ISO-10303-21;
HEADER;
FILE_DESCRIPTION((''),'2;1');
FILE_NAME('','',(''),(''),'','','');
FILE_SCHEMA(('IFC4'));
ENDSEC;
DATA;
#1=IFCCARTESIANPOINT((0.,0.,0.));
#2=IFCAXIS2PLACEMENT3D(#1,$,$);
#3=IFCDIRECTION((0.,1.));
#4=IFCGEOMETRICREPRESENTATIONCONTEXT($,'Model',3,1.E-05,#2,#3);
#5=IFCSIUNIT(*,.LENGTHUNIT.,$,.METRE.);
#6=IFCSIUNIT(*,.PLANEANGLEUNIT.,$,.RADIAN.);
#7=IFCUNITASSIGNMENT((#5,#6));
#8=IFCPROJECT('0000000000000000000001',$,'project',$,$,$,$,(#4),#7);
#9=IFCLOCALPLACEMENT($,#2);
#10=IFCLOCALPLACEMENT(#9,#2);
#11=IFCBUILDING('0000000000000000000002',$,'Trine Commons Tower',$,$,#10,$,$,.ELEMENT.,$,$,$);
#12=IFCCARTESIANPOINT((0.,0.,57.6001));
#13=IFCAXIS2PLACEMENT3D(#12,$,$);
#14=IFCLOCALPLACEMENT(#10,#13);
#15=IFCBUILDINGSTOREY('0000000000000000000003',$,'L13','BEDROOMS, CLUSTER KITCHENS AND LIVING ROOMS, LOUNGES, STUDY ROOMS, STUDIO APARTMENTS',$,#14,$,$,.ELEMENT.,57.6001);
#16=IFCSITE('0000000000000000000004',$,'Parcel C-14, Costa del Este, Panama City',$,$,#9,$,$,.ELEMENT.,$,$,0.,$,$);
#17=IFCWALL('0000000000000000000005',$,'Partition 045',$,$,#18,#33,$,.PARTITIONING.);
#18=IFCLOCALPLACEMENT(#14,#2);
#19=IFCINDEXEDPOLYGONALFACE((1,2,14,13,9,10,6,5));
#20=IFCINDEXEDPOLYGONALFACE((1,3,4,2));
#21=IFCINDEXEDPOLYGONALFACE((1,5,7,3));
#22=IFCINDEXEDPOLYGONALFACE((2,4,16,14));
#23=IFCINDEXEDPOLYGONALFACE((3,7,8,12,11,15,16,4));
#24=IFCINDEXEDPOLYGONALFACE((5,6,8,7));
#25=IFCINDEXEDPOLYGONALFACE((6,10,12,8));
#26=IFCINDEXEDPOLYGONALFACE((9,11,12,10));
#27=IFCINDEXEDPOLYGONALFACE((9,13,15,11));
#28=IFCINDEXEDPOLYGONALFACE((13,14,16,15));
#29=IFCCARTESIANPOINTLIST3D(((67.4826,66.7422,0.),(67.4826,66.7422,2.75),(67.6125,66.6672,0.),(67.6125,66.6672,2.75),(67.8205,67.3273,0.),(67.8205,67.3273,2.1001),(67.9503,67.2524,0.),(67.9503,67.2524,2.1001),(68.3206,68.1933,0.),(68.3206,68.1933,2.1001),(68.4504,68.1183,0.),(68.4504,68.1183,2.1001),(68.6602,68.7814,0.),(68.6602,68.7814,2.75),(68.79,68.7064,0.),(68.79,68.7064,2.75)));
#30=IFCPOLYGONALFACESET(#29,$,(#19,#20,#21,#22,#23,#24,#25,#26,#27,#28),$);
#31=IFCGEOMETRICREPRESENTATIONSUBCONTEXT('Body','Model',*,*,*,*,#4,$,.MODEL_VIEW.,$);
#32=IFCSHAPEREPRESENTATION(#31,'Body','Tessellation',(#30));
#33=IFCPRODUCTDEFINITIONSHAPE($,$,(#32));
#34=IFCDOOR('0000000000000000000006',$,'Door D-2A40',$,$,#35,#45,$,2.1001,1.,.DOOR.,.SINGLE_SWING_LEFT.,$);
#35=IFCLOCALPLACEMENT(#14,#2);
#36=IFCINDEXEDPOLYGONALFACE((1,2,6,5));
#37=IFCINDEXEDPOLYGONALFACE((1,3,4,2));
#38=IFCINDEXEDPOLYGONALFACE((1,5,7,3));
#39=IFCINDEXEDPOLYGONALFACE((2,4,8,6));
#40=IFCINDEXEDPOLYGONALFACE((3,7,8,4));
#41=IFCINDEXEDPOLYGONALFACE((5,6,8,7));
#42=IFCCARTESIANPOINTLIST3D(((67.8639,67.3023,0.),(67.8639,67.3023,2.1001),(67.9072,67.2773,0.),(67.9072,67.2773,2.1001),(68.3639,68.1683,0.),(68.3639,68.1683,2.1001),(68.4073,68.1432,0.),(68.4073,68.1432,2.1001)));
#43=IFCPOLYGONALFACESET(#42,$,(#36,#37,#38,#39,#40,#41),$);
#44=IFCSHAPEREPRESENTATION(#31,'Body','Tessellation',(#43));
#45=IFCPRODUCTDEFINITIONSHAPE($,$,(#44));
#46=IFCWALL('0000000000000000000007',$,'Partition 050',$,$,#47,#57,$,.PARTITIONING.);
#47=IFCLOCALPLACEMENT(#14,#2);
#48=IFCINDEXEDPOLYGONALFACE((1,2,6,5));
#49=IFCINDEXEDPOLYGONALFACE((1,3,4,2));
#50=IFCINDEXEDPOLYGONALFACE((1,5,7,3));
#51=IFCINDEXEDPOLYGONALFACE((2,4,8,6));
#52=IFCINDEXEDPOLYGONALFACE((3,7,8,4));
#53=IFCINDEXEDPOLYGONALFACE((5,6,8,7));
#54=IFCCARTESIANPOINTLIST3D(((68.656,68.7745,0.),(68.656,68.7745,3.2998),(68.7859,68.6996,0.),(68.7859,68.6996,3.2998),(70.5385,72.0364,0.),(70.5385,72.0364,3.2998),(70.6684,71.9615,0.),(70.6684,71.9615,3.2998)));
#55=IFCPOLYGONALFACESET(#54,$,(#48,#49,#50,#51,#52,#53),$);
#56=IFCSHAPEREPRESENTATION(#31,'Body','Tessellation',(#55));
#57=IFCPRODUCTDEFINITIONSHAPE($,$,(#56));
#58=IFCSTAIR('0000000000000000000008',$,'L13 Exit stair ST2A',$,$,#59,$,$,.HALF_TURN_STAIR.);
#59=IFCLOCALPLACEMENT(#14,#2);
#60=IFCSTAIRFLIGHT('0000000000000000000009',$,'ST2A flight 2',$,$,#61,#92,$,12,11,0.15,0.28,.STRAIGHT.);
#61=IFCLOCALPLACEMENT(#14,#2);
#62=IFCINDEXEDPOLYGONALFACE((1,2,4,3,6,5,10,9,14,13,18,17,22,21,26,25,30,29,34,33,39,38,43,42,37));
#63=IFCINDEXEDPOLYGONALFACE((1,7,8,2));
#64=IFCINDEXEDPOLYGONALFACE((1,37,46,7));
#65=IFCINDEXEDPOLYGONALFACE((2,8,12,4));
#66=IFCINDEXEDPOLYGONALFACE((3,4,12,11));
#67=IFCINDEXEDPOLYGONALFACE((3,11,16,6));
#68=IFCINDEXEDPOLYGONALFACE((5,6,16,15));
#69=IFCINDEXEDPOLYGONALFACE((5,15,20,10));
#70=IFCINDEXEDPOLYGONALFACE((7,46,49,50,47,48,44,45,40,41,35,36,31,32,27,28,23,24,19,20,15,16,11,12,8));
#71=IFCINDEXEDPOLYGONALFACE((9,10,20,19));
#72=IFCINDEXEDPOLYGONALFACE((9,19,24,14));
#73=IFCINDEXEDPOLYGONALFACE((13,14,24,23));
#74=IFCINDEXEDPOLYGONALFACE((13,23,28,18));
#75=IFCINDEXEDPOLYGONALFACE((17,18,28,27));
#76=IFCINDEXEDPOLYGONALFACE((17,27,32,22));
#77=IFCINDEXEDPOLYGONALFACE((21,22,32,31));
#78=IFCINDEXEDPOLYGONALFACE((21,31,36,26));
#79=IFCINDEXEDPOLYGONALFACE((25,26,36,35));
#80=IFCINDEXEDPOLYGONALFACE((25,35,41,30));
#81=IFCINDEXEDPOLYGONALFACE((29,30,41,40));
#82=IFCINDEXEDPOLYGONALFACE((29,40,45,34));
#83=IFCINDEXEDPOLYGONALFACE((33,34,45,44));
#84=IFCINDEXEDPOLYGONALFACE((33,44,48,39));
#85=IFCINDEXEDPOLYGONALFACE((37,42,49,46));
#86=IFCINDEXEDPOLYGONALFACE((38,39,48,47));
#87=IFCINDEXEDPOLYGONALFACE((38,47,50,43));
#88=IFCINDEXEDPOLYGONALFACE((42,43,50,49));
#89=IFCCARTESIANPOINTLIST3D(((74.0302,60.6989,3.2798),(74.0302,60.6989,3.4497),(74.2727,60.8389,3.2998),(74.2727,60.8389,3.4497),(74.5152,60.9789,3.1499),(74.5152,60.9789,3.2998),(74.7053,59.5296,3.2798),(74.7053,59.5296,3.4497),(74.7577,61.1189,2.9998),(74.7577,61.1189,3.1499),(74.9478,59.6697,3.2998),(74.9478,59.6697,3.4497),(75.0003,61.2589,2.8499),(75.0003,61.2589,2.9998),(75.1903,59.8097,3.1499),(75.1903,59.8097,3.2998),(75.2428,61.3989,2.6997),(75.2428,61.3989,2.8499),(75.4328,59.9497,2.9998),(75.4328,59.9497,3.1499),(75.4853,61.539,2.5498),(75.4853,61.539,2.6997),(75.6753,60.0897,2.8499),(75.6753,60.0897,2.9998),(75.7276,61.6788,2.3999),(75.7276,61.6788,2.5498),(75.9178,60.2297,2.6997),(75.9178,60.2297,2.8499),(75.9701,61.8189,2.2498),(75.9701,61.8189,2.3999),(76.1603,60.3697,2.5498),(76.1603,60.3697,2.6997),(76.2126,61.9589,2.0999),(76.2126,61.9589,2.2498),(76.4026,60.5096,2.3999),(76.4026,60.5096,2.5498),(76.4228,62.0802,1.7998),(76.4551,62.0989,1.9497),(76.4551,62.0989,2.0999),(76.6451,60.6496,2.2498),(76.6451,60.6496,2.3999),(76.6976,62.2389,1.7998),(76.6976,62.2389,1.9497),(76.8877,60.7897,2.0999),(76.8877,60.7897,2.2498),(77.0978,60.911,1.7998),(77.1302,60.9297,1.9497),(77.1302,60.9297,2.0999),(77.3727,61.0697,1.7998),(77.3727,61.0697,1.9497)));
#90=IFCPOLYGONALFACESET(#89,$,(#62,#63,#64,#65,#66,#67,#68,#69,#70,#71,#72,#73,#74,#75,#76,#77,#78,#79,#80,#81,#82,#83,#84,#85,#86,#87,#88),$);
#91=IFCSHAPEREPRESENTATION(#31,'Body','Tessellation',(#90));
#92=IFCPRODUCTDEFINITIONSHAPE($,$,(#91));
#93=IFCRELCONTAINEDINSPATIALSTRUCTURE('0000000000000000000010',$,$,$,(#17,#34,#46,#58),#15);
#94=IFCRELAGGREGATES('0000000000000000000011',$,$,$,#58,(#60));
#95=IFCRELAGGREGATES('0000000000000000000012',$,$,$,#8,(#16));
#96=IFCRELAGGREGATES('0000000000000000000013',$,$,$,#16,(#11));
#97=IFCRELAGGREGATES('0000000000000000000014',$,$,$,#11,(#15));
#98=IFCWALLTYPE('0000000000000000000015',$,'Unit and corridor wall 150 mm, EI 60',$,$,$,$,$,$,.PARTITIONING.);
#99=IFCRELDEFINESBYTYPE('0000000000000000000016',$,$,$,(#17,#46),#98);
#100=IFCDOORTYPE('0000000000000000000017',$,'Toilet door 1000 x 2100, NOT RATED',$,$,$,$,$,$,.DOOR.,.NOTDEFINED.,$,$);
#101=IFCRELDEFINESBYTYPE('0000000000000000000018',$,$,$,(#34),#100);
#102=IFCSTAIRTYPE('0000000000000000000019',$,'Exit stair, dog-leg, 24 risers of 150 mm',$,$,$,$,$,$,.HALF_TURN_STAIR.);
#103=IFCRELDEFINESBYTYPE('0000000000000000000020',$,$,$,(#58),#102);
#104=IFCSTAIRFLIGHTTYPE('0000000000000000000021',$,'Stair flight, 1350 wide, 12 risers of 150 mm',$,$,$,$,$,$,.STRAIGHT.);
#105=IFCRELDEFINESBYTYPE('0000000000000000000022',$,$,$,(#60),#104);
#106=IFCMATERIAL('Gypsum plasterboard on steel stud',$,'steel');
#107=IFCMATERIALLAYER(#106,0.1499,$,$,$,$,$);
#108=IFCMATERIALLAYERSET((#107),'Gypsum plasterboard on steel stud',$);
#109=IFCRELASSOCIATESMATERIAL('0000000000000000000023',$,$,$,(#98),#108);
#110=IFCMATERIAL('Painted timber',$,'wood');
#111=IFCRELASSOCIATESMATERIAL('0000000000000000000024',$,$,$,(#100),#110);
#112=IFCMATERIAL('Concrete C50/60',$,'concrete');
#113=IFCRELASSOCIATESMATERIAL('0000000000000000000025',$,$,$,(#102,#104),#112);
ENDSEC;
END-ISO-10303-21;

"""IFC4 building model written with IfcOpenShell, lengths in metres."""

from ifc_helpers import new_model, si_unit, direction, frame, frame_2d, origin, place, context, subcontext, project, spatial, polyline, rectangle, outline, extrude, material, layer, layer_set, type_object, element, fill, aggregate, save


model = new_model("IFC4")

# Units and contexts
model_context = context("Model", 3, precision=1e-05, world=origin(), true_north=direction((0.0, 1.0)))
body_context = subcontext(model_context, "Body", "Model", "MODEL_VIEW")
ifc_project = project(units=[si_unit("LENGTHUNIT", "METRE"), si_unit("PLANEANGLEUNIT", "RADIAN")], contexts=[model_context])

# Site, building, storey
site_placement = place(None, origin())
site = spatial("IfcSite", under=ifc_project, at=site_placement, Name="Parcel C-14, Costa del Este, Panama City", CompositionType="ELEMENT", RefElevation=0.0)
building_placement = place(site_placement, origin())
building = spatial("IfcBuilding", under=site, at=building_placement, Name="Trine Commons Tower", CompositionType="ELEMENT")
storey_placement = place(building_placement, frame((0.0, 0.0, 57.6001)))
storey = spatial("IfcBuildingStorey", under=building, at=storey_placement, Name="L13", Description="BEDROOMS, CLUSTER KITCHENS AND LIVING ROOMS, LOUNGES, STUDY ROOMS, STUDIO APARTMENTS", CompositionType="ELEMENT", Elevation=57.6001)

# Shared definitions
ifc_material_1 = material(Name="Concrete C50/60", Category="concrete")

# Shared definitions
ifc_material_2 = material(Name="Gypsum plasterboard on steel stud", Category="steel")
ifc_layer_1 = layer(ifc_material_2, 0.1499)
ifc_layer_set_1 = layer_set([ifc_layer_1], Name="Gypsum plasterboard on steel stud")
wall_type_1 = type_object("IfcWallType", Name="Unit and corridor wall 150 mm, EI 60", PredefinedType="PARTITIONING", material=ifc_layer_set_1)

# Wall, opening, door
wall_1_placement = place(storey_placement, frame((67.5476, 66.7048, 0.0), z_axis=(0.0, 0.0, 1.0), x_axis=(0.500075, 0.865982, 0.0)))
wall_1 = element("IfcWall", 1, at=wall_1_placement, inside=storey, type_object=wall_type_1, Name="Partition 045", PredefinedType="PARTITIONING", context=body_context, shape_type="SweptSolid", body=[
    extrude(rectangle(XDim=2.3547, YDim=0.1499, at=frame_2d((1.1772, 0.0))), origin(), (0.0, 0.0, 1.0), 2.75),
])
opening_1_placement = place(wall_1_placement, frame((0.6755, 0.0, 0.0)))
opening_1 = element("IfcOpeningElement", 2, at=opening_1_placement, cuts=wall_1, PredefinedType="OPENING", context=body_context, shape_type="SweptSolid", body=[
    extrude(rectangle(XDim=1.0, YDim=2.1001, at=frame_2d((0.5, 1.05))), frame((0.0, 0.085, 0.0), z_axis=(0.0, -1.0, 0.0), x_axis=(1.0, 0.0, 0.0)), (0.0, 0.0, 1.0), 0.1699),
])
ifc_material_3 = material(Name="Painted timber", Category="wood")
door_type_1 = type_object("IfcDoorType", Name="Toilet door 1000 x 2100, NOT RATED", OperationType="NOTDEFINED", PredefinedType="DOOR", material=ifc_material_3)
door_1_placement = place(opening_1_placement, origin())
door_1 = element("IfcDoor", 3, at=door_1_placement, inside=storey, type_object=door_type_1, Name="Door D-2A40", OperationType="SINGLE_SWING_LEFT", OverallHeight=2.1001, OverallWidth=1.0, PredefinedType="DOOR", context=body_context, shape_type="SweptSolid", body=[
    extrude(rectangle(XDim=1.0, YDim=2.1001, at=frame_2d((0.5, 1.05))), frame((0.0, 0.0249, 0.0), z_axis=(0.0, -1.0, 0.0), x_axis=(1.0, 0.0, 0.0)), (0.0, 0.0, 1.0), 0.05),
])
fill(opening_1, door_1)

# Wall
wall_2_placement = place(storey_placement, frame((68.7209, 68.7371, 0.0), z_axis=(0.0, 0.0, 1.0), x_axis=(0.499855, 0.866109, 0.0)))
element("IfcWall", 4, at=wall_2_placement, inside=storey, type_object=wall_type_1, Name="Partition 050", PredefinedType="PARTITIONING", context=body_context, shape_type="SweptSolid", body=[
    extrude(rectangle(XDim=3.7661, YDim=0.1499, at=frame_2d((1.8831, 0.0))), origin(), (0.0, 0.0, 1.0), 3.2998),
])

# Stair, stair flight
stair_type = type_object("IfcStairType", Name="Exit stair, dog-leg, 24 risers of 150 mm", PredefinedType="HALF_TURN_STAIR", material=ifc_material_1)
stair_placement = place(storey_placement, origin())
stair = element("IfcStair", 5, at=stair_placement, inside=storey, type_object=stair_type, Name="L13 Exit stair ST2A", PredefinedType="HALF_TURN_STAIR")
stair_flight_type = type_object("IfcStairFlightType", Name="Stair flight, 1350 wide, 12 risers of 150 mm", PredefinedType="STRAIGHT", material=ifc_material_1)
stair_flight_placement = place(storey_placement, frame((77.0352, 61.6543, 1.7998), z_axis=(0.0, 0.0, 1.0), x_axis=(-0.866025, -0.5, 0.0)))
stair_flight = element("IfcStairFlight", 6, at=stair_flight_placement, type_object=stair_flight_type, Name="ST2A flight 2", NumberOfRisers=12, NumberOfTreads=11, PredefinedType="STRAIGHT", RiserHeight=0.15, TreadLength=0.28, context=body_context, shape_type="SweptSolid", body=[
    extrude(outline(polyline([(0.0, 0.0), (0.0, 0.1499), (0.28, 0.1499), (0.28, 0.3), (0.5601, 0.3), (0.5601, 0.45), (0.8401, 0.45), (0.8401, 0.6001), (1.1201, 0.6001), (1.1201, 0.75), (1.3999, 0.75), (1.3999, 0.8999), (1.6799, 0.8999), (1.6799, 1.05), (1.96, 1.05), (1.96, 1.2), (2.24, 1.2), (2.24, 1.3501), (2.52, 1.3501), (2.52, 1.5), (2.8, 1.5), (2.8, 1.6499), (3.0801, 1.6499), (3.0801, 1.8), (3.0801, 1.48), (0.3174, 0.0), (0.0, 0.0)])), frame((0.0, 0.675, 0.0), z_axis=(0.0, -1.0, 0.0), x_axis=(1.0, 0.0, 0.0)), (0.0, 0.0, 1.0), 1.3501),
])
aggregate(stair, [stair_flight])

save(model, "model.ifc")
